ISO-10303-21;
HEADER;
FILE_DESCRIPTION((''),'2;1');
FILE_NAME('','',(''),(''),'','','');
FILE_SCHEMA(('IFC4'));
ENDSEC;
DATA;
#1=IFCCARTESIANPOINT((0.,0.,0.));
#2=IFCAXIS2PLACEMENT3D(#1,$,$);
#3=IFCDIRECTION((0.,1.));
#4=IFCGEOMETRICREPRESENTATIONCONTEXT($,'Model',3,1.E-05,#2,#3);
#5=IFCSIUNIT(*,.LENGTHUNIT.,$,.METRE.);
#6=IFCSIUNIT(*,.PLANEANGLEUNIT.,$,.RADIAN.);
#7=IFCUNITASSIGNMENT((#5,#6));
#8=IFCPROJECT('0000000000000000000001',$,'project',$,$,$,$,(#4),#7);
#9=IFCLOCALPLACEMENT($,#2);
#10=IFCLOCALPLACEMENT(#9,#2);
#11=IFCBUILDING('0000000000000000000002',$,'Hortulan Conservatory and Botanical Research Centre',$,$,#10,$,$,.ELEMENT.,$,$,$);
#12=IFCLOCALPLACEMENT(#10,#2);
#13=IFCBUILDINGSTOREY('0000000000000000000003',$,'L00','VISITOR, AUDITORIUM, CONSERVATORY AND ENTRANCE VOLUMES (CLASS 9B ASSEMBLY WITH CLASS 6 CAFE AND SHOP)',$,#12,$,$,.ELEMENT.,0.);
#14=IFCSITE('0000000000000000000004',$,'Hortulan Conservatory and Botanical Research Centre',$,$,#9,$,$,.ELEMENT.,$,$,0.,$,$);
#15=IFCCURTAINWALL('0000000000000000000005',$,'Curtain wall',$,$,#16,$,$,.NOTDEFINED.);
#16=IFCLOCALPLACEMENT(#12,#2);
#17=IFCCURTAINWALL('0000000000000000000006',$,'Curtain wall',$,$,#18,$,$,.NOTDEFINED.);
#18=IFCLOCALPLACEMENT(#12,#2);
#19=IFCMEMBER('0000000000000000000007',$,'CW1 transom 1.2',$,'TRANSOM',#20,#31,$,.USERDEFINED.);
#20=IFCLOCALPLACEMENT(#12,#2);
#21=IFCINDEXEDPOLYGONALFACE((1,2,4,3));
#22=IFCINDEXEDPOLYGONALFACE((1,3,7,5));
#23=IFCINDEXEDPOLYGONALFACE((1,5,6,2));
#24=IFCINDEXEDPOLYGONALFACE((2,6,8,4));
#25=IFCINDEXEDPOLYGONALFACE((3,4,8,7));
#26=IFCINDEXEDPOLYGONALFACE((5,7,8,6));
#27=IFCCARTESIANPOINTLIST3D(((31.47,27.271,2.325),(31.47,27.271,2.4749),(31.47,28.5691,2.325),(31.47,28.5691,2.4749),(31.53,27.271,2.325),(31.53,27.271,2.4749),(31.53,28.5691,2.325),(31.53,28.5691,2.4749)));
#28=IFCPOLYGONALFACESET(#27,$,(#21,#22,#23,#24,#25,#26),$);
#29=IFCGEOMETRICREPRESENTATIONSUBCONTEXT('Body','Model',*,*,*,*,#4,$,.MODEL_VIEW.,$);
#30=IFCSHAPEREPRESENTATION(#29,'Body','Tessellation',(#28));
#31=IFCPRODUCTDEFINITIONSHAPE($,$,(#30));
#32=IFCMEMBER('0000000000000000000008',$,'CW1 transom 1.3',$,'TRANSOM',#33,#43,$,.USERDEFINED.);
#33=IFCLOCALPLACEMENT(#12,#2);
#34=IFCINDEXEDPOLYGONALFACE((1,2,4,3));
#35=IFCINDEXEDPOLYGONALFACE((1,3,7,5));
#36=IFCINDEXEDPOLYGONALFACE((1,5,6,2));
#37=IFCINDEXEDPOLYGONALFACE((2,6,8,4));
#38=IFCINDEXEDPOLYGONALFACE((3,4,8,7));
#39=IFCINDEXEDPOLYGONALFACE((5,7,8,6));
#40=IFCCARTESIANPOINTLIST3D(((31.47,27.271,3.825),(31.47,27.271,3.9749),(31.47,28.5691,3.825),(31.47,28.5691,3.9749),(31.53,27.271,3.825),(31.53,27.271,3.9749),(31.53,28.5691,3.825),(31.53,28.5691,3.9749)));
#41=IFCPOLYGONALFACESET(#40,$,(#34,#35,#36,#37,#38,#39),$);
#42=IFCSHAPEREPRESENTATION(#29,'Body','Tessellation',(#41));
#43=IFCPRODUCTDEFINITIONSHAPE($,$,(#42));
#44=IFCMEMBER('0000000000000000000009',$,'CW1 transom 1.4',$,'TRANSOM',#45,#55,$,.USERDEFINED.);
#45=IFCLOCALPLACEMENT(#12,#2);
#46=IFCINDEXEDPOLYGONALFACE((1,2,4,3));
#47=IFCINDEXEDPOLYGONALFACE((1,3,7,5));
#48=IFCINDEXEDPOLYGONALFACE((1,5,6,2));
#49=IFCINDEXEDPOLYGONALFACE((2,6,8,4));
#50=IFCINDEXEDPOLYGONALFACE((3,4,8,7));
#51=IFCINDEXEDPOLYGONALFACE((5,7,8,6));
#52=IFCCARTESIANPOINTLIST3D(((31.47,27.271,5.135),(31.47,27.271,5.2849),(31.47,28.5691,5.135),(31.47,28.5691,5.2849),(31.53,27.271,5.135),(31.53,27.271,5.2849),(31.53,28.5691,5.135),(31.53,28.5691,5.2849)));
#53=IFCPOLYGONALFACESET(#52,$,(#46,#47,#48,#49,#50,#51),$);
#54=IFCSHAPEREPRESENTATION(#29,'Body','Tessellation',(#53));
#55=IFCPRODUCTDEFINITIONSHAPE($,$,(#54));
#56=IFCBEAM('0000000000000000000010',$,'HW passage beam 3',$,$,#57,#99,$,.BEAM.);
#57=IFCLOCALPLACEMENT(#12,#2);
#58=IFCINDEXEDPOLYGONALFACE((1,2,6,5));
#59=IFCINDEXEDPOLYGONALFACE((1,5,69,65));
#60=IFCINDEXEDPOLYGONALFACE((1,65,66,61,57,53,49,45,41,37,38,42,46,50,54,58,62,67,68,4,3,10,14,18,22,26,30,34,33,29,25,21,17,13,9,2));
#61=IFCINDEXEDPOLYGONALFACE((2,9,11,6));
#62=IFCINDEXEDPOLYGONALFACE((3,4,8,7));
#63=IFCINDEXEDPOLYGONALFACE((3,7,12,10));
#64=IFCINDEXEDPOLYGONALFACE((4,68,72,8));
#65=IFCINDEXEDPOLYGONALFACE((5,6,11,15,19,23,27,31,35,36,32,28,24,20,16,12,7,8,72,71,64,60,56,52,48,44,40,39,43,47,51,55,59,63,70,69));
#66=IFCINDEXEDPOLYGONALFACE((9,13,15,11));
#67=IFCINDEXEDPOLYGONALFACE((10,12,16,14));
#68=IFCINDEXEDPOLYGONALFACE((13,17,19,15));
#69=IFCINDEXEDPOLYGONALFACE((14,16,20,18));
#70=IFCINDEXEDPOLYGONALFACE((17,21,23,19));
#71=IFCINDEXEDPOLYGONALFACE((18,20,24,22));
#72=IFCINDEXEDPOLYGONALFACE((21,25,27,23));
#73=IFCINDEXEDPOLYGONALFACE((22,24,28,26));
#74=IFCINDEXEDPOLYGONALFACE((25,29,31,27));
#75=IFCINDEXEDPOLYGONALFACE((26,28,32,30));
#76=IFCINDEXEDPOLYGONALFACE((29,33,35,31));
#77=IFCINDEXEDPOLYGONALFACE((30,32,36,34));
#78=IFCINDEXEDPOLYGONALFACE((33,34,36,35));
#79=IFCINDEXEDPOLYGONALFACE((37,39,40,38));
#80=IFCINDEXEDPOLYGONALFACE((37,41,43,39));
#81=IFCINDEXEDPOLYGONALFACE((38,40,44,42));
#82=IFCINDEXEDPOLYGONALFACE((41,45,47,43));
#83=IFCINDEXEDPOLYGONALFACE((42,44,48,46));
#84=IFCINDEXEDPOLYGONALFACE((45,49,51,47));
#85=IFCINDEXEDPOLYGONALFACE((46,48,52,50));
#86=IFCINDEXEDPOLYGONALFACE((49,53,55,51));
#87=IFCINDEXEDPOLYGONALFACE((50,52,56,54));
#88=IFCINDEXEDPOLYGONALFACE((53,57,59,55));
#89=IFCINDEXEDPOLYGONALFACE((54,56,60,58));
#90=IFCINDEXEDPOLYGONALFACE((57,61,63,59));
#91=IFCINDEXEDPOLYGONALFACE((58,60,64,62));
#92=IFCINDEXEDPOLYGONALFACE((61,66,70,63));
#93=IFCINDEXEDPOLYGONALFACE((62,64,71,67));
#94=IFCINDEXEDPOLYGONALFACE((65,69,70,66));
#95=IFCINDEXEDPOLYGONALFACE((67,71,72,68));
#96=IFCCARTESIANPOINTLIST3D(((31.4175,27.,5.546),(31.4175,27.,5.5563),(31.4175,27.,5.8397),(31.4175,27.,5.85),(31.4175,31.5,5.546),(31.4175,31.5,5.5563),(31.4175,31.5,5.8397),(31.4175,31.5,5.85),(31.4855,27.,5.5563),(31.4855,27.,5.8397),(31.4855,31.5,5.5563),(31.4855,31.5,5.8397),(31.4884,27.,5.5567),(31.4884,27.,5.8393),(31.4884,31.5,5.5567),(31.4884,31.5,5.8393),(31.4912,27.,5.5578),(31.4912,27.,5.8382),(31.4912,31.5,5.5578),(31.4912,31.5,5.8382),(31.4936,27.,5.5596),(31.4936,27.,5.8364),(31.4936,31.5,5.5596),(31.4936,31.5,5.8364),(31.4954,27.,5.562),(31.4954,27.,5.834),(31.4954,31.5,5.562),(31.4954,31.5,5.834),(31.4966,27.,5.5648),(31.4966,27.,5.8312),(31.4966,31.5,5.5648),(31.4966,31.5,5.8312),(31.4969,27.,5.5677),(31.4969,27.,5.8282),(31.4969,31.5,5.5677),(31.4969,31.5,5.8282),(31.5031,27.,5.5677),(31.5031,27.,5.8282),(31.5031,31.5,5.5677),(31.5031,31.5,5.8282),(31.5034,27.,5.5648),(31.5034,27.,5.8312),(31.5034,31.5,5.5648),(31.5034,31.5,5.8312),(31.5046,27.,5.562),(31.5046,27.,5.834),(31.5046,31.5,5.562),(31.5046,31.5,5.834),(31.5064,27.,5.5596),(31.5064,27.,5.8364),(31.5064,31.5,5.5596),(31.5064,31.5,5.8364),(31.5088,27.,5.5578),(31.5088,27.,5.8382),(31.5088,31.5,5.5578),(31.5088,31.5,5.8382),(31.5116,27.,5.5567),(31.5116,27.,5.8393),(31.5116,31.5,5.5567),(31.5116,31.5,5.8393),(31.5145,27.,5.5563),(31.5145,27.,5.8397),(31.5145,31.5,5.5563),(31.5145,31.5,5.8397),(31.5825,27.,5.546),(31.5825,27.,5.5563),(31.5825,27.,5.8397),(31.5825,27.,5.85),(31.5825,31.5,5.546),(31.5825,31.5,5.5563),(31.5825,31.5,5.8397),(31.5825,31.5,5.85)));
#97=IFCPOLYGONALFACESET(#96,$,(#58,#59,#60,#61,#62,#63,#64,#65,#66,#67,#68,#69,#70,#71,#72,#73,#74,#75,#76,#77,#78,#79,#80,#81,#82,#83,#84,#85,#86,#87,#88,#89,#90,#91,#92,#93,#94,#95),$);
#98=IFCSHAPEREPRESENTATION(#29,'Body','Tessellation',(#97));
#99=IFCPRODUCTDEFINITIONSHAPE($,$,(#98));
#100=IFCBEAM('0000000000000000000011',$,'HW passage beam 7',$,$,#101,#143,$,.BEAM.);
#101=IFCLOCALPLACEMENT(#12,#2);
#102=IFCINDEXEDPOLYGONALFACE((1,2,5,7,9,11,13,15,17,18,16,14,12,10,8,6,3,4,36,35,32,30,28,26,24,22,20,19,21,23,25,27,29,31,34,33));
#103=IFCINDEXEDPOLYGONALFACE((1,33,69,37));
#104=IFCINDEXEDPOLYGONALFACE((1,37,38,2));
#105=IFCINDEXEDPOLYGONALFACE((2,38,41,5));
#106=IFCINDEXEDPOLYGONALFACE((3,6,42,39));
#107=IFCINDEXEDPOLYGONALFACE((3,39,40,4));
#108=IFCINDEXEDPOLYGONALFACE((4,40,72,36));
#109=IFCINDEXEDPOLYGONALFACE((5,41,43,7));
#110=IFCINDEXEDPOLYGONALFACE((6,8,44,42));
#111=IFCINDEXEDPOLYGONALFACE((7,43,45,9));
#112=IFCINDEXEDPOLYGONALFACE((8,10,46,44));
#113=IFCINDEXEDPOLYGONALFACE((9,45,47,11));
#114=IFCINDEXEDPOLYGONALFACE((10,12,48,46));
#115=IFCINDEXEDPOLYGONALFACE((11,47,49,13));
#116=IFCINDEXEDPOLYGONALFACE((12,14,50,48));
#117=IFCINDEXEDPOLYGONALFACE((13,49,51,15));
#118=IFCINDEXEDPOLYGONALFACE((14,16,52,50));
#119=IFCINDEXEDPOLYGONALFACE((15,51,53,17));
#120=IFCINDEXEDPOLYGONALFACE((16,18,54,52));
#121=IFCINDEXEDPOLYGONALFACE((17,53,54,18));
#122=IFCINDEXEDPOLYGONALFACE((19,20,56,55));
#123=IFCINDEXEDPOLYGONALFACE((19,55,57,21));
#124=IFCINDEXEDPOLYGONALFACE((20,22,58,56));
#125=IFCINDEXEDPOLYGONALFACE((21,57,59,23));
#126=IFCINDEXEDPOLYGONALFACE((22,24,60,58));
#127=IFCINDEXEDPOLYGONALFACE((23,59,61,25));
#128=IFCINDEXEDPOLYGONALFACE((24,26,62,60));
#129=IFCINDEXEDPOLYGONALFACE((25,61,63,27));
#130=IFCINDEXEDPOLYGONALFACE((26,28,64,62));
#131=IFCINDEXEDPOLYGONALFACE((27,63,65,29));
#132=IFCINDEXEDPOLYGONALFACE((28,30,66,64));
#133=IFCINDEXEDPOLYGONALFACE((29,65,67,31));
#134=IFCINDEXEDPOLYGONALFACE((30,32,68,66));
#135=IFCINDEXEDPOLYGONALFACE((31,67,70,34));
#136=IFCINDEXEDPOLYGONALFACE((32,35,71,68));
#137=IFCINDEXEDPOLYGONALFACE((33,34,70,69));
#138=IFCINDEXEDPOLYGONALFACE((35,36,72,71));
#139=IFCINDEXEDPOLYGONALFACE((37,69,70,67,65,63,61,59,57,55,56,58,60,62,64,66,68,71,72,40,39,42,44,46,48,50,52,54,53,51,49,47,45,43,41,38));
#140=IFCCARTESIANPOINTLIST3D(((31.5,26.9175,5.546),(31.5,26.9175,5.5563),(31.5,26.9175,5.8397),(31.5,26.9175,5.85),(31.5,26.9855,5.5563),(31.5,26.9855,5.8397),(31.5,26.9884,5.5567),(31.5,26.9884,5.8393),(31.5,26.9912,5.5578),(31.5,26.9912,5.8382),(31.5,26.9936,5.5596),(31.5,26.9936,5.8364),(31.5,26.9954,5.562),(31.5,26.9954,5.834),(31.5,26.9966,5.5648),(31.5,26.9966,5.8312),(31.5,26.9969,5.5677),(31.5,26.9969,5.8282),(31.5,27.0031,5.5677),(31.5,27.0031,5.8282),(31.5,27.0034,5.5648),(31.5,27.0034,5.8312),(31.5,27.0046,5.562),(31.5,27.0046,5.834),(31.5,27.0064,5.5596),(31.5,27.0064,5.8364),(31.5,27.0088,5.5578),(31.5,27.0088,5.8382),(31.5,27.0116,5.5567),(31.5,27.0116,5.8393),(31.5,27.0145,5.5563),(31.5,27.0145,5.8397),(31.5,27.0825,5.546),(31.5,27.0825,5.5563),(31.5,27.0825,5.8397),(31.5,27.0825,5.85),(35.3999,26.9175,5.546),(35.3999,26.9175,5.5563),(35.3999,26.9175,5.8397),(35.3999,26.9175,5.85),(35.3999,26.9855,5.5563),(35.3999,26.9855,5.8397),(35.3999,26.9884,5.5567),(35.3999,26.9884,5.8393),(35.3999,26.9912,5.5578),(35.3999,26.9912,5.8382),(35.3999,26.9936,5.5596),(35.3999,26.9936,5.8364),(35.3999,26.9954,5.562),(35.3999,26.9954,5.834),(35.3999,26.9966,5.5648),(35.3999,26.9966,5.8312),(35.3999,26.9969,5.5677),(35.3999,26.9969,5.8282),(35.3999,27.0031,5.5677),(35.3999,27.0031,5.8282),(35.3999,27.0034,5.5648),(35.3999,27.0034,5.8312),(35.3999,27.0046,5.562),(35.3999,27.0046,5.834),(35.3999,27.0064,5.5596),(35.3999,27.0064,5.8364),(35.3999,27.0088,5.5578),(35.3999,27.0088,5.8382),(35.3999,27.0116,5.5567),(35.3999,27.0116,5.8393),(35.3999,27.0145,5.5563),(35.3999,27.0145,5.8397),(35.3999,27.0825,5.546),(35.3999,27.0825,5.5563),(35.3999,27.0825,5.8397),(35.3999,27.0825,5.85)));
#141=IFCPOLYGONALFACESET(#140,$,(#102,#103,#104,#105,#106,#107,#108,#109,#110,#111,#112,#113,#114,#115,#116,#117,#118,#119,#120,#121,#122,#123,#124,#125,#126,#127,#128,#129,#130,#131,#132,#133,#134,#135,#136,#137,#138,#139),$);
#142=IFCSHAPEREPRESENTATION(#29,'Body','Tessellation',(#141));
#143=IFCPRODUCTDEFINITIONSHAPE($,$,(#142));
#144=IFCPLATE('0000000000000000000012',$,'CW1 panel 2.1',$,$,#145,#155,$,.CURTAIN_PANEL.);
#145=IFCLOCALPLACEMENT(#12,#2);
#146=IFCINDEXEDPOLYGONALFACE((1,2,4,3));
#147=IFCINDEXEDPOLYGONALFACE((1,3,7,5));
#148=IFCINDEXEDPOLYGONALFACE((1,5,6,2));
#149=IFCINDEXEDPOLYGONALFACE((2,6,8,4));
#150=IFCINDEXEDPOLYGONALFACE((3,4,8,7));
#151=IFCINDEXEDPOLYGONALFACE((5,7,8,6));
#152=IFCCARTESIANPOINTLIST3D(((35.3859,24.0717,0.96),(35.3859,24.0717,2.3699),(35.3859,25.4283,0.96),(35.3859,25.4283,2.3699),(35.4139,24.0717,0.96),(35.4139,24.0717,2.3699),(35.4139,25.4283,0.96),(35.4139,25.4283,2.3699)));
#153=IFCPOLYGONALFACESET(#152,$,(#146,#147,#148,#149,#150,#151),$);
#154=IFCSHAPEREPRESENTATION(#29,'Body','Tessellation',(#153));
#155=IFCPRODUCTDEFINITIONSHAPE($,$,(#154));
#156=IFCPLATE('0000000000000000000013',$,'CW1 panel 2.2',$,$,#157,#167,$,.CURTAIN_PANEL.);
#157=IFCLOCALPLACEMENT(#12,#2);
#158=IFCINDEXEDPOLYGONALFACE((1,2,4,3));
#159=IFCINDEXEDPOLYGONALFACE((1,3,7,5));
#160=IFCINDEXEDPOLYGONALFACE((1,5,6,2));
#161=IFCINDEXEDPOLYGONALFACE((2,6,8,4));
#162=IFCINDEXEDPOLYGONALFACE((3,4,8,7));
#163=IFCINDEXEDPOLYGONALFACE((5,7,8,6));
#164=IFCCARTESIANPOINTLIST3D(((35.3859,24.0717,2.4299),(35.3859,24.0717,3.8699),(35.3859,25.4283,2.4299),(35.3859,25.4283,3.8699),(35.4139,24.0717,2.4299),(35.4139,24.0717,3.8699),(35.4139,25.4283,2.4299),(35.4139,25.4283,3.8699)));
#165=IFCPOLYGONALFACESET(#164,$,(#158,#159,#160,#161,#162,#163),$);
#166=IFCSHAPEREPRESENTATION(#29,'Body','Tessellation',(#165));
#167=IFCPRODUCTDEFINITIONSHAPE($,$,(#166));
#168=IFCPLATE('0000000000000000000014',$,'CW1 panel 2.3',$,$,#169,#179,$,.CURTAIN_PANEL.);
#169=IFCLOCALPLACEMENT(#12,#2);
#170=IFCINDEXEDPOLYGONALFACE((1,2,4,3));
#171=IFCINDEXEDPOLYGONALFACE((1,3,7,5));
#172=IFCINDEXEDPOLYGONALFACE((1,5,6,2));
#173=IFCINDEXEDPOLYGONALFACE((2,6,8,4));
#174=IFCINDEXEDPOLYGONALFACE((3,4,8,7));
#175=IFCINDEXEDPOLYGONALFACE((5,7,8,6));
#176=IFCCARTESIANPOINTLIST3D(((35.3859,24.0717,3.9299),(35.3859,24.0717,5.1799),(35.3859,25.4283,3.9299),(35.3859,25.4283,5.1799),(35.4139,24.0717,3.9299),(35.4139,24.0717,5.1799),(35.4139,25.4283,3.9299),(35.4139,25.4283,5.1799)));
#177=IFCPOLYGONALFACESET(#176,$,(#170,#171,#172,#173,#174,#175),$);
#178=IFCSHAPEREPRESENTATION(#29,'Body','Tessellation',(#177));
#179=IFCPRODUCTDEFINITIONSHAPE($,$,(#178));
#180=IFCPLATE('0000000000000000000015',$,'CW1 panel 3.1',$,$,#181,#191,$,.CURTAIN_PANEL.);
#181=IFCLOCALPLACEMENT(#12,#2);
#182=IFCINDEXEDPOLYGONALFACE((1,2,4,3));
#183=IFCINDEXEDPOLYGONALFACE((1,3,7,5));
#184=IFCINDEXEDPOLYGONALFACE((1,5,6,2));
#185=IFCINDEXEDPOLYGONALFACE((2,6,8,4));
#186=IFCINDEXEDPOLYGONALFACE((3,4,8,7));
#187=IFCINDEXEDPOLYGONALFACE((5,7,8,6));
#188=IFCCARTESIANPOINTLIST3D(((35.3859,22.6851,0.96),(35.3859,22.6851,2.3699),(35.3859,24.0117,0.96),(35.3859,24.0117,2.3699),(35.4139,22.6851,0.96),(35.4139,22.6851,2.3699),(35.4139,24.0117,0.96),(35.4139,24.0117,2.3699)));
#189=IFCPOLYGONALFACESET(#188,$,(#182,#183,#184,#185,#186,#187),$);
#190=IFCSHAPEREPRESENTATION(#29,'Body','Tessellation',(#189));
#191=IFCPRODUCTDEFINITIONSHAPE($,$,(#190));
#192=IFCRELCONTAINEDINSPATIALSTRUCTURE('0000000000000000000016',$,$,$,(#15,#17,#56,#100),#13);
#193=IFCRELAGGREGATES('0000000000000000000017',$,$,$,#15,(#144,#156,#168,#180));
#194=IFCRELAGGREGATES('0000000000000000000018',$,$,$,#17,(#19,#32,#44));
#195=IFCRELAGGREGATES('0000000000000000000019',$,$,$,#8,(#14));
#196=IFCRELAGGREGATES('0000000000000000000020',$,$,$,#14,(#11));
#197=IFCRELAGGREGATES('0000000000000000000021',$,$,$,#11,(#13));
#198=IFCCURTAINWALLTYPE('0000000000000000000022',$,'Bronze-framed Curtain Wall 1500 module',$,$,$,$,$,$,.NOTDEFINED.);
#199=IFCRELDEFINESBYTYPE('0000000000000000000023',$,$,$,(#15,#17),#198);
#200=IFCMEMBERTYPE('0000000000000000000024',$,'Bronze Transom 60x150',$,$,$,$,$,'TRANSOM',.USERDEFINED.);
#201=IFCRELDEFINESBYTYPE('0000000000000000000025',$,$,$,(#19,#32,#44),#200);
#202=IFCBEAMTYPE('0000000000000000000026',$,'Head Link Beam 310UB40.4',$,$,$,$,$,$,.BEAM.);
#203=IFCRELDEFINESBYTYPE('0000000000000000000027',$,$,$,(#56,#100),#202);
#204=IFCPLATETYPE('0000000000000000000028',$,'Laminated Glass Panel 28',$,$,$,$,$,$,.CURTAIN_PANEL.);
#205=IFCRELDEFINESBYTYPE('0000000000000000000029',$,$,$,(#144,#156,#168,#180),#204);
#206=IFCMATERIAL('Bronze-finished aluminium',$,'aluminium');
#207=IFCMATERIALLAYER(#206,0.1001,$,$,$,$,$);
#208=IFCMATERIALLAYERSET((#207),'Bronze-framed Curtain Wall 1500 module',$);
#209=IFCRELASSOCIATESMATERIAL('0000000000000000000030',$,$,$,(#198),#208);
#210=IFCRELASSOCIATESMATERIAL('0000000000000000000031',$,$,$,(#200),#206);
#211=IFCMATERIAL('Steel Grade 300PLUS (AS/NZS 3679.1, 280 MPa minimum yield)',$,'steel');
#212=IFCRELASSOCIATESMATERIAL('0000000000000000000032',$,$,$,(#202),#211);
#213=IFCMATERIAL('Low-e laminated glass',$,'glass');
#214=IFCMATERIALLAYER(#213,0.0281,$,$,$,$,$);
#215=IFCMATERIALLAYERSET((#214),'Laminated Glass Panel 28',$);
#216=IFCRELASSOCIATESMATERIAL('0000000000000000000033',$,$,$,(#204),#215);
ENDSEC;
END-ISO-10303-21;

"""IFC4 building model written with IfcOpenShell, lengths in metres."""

from ifc_helpers import new_model, si_unit, direction, frame, origin, origin_2d, place, context, subcontext, project, spatial, rectangle, i_section, extrude, material, layer, layer_set, material_profile, profile_set, type_object, element, aggregate, save


model = new_model("IFC4")

# Units and contexts
model_context = context("Model", 3, precision=1e-05, world=origin(), true_north=direction((0.0, 1.0)))
body_context = subcontext(model_context, "Body", "Model", "MODEL_VIEW")
ifc_project = project(units=[si_unit("LENGTHUNIT", "METRE"), si_unit("PLANEANGLEUNIT", "RADIAN")], contexts=[model_context])

# Site, building, storey
site_placement = place(None, origin())
site = spatial("IfcSite", under=ifc_project, at=site_placement, Name="Hortulan Conservatory and Botanical Research Centre", CompositionType="ELEMENT", RefElevation=0.0)
building_placement = place(site_placement, origin())
building = spatial("IfcBuilding", under=site, at=building_placement, Name="Hortulan Conservatory and Botanical Research Centre", CompositionType="ELEMENT")
storey_placement = place(building_placement, origin())
storey = spatial("IfcBuildingStorey", under=building, at=storey_placement, Name="L00", Description="VISITOR, AUDITORIUM, CONSERVATORY AND ENTRANCE VOLUMES (CLASS 9B ASSEMBLY WITH CLASS 6 CAFE AND SHOP)", CompositionType="ELEMENT", Elevation=0.0)

# Curtain walls
ifc_material_1 = material(Name="Bronze-finished aluminium", Category="aluminium")
ifc_layer_1 = layer(ifc_material_1, 0.1001)
ifc_layer_set_1 = layer_set([ifc_layer_1], Name="Bronze-framed Curtain Wall 1500 module")
curtain_wall_type = type_object("IfcCurtainWallType", Name="Bronze-framed Curtain Wall 1500 module", PredefinedType="NOTDEFINED", material=ifc_layer_set_1)
curtain_wall_1_placement = place(storey_placement, origin())
curtain_wall_1 = element("IfcCurtainWall", 1, at=curtain_wall_1_placement, inside=storey, type_object=curtain_wall_type, Name="Curtain wall", PredefinedType="NOTDEFINED")
curtain_wall_2_placement = place(storey_placement, origin())
curtain_wall_2 = element("IfcCurtainWall", 2, at=curtain_wall_2_placement, inside=storey, type_object=curtain_wall_type, Name="Curtain wall", PredefinedType="NOTDEFINED")

# Members
ifc_material_profile_1 = material_profile(ifc_material_1, rectangle(XDim=0.0601, YDim=0.1499, at=origin_2d()), Name="Bronze Transom 60x150")
ifc_profile_set_1 = profile_set([ifc_material_profile_1], Name="Bronze-finished aluminium")
member_type_1 = type_object("IfcMemberType", Name="Bronze Transom 60x150", ElementType="TRANSOM", PredefinedType="USERDEFINED", material=ifc_profile_set_1)
member_1_placement = place(storey_placement, frame((31.5, 27.271, 2.3999), z_axis=(0.0, 1.0, 0.0), x_axis=(-1.0, 0.0, 0.0)))
member_1 = element("IfcMember", 3, at=member_1_placement, type_object=member_type_1, Name="CW1 transom 1.2", ObjectType="TRANSOM", PredefinedType="USERDEFINED", context=body_context, shape_type="SweptSolid", body=[
    extrude(rectangle(XDim=0.0601, YDim=0.1499, at=origin_2d()), origin(), (0.0, 0.0, 1.0), 1.2981),
])
member_2_placement = place(storey_placement, frame((31.5, 27.271, 3.8999), z_axis=(0.0, 1.0, 0.0), x_axis=(-1.0, 0.0, 0.0)))
member_2 = element("IfcMember", 4, at=member_2_placement, type_object=member_type_1, Name="CW1 transom 1.3", ObjectType="TRANSOM", PredefinedType="USERDEFINED", context=body_context, shape_type="SweptSolid", body=[
    extrude(rectangle(XDim=0.0601, YDim=0.1499, at=origin_2d()), origin(), (0.0, 0.0, 1.0), 1.2981),
])
member_3_placement = place(storey_placement, frame((31.5, 27.271, 5.21), z_axis=(0.0, 1.0, 0.0), x_axis=(-1.0, 0.0, 0.0)))
member_3 = element("IfcMember", 5, at=member_3_placement, type_object=member_type_1, Name="CW1 transom 1.4", ObjectType="TRANSOM", PredefinedType="USERDEFINED", context=body_context, shape_type="SweptSolid", body=[
    extrude(rectangle(XDim=0.0601, YDim=0.1499, at=origin_2d()), origin(), (0.0, 0.0, 1.0), 1.2981),
])

# Beams
ifc_material_2 = material(Name="Steel Grade 300PLUS (AS/NZS 3679.1, 280 MPa minimum yield)", Category="steel")
ifc_material_profile_2 = material_profile(ifc_material_2, i_section(OverallWidth=0.165, OverallDepth=0.304, WebThickness=0.0061, FlangeThickness=0.0103, FilletRadius=0.0115, at=origin_2d()), Name="310UB40.4")
ifc_profile_set_2 = profile_set([ifc_material_profile_2], Name="Steel Grade 300PLUS (AS/NZS 3679.1, 280 MPa minimum yield)")
beam_type = type_object("IfcBeamType", Name="Head Link Beam 310UB40.4", PredefinedType="BEAM", material=ifc_profile_set_2)
beam_1_placement = place(storey_placement, frame((31.5, 27.0, 5.698), z_axis=(0.0, 1.0, 0.0), x_axis=(-1.0, 0.0, 0.0)))
element("IfcBeam", 6, at=beam_1_placement, inside=storey, type_object=beam_type, Name="HW passage beam 3", PredefinedType="BEAM", context=body_context, shape_type="SweptSolid", body=[
    extrude(i_section(OverallWidth=0.165, OverallDepth=0.304, WebThickness=0.0061, FlangeThickness=0.0103, FilletRadius=0.0115, at=origin_2d()), origin(), (0.0, 0.0, 1.0), 4.5),
])
beam_2_placement = place(storey_placement, frame((31.5, 27.0, 5.698), z_axis=(1.0, 0.0, 0.0), x_axis=(0.0, 1.0, 0.0)))
element("IfcBeam", 7, at=beam_2_placement, inside=storey, type_object=beam_type, Name="HW passage beam 7", PredefinedType="BEAM", context=body_context, shape_type="SweptSolid", body=[
    extrude(i_section(OverallWidth=0.165, OverallDepth=0.304, WebThickness=0.0061, FlangeThickness=0.0103, FilletRadius=0.0115, at=origin_2d()), origin(), (0.0, 0.0, 1.0), 3.8999),
])

# Plates
ifc_material_3 = material(Name="Low-e laminated glass", Category="glass")
ifc_layer_2 = layer(ifc_material_3, 0.0281)
ifc_layer_set_2 = layer_set([ifc_layer_2], Name="Laminated Glass Panel 28")
plate_type = type_object("IfcPlateType", Name="Laminated Glass Panel 28", PredefinedType="CURTAIN_PANEL", material=ifc_layer_set_2)
plate_1_placement = place(storey_placement, frame((35.3999, 24.75, 0.96), z_axis=(0.0, 0.0, 1.0), x_axis=(0.0, -1.0, 0.0)))
plate_1 = element("IfcPlate", 8, at=plate_1_placement, type_object=plate_type, Name="CW1 panel 2.1", PredefinedType="CURTAIN_PANEL", context=body_context, shape_type="SweptSolid", body=[
    extrude(rectangle(XDim=1.3567, YDim=0.0281, at=origin_2d()), origin(), (0.0, 0.0, 1.0), 1.4099),
])
plate_2_placement = place(storey_placement, frame((35.3999, 24.75, 2.4299), z_axis=(0.0, 0.0, 1.0), x_axis=(0.0, -1.0, 0.0)))
plate_2 = element("IfcPlate", 9, at=plate_2_placement, type_object=plate_type, Name="CW1 panel 2.2", PredefinedType="CURTAIN_PANEL", context=body_context, shape_type="SweptSolid", body=[
    extrude(rectangle(XDim=1.3567, YDim=0.0281, at=origin_2d()), origin(), (0.0, 0.0, 1.0), 1.4399),
])
plate_3_placement = place(storey_placement, frame((35.3999, 24.75, 3.9299), z_axis=(0.0, 0.0, 1.0), x_axis=(0.0, -1.0, 0.0)))
plate_3 = element("IfcPlate", 10, at=plate_3_placement, type_object=plate_type, Name="CW1 panel 2.3", PredefinedType="CURTAIN_PANEL", context=body_context, shape_type="SweptSolid", body=[
    extrude(rectangle(XDim=1.3567, YDim=0.0281, at=origin_2d()), origin(), (0.0, 0.0, 1.0), 1.25),
])
plate_4_placement = place(storey_placement, frame((35.3999, 23.3484, 0.96), z_axis=(0.0, 0.0, 1.0), x_axis=(0.0, -1.0, 0.0)))
plate_4 = element("IfcPlate", 11, at=plate_4_placement, type_object=plate_type, Name="CW1 panel 3.1", PredefinedType="CURTAIN_PANEL", context=body_context, shape_type="SweptSolid", body=[
    extrude(rectangle(XDim=1.3267, YDim=0.0281, at=origin_2d()), origin(), (0.0, 0.0, 1.0), 1.4099),
])
aggregate(curtain_wall_1, [plate_1, plate_2, plate_3, plate_4])
aggregate(curtain_wall_2, [member_1, member_2, member_3])

save(model, "model.ifc")
